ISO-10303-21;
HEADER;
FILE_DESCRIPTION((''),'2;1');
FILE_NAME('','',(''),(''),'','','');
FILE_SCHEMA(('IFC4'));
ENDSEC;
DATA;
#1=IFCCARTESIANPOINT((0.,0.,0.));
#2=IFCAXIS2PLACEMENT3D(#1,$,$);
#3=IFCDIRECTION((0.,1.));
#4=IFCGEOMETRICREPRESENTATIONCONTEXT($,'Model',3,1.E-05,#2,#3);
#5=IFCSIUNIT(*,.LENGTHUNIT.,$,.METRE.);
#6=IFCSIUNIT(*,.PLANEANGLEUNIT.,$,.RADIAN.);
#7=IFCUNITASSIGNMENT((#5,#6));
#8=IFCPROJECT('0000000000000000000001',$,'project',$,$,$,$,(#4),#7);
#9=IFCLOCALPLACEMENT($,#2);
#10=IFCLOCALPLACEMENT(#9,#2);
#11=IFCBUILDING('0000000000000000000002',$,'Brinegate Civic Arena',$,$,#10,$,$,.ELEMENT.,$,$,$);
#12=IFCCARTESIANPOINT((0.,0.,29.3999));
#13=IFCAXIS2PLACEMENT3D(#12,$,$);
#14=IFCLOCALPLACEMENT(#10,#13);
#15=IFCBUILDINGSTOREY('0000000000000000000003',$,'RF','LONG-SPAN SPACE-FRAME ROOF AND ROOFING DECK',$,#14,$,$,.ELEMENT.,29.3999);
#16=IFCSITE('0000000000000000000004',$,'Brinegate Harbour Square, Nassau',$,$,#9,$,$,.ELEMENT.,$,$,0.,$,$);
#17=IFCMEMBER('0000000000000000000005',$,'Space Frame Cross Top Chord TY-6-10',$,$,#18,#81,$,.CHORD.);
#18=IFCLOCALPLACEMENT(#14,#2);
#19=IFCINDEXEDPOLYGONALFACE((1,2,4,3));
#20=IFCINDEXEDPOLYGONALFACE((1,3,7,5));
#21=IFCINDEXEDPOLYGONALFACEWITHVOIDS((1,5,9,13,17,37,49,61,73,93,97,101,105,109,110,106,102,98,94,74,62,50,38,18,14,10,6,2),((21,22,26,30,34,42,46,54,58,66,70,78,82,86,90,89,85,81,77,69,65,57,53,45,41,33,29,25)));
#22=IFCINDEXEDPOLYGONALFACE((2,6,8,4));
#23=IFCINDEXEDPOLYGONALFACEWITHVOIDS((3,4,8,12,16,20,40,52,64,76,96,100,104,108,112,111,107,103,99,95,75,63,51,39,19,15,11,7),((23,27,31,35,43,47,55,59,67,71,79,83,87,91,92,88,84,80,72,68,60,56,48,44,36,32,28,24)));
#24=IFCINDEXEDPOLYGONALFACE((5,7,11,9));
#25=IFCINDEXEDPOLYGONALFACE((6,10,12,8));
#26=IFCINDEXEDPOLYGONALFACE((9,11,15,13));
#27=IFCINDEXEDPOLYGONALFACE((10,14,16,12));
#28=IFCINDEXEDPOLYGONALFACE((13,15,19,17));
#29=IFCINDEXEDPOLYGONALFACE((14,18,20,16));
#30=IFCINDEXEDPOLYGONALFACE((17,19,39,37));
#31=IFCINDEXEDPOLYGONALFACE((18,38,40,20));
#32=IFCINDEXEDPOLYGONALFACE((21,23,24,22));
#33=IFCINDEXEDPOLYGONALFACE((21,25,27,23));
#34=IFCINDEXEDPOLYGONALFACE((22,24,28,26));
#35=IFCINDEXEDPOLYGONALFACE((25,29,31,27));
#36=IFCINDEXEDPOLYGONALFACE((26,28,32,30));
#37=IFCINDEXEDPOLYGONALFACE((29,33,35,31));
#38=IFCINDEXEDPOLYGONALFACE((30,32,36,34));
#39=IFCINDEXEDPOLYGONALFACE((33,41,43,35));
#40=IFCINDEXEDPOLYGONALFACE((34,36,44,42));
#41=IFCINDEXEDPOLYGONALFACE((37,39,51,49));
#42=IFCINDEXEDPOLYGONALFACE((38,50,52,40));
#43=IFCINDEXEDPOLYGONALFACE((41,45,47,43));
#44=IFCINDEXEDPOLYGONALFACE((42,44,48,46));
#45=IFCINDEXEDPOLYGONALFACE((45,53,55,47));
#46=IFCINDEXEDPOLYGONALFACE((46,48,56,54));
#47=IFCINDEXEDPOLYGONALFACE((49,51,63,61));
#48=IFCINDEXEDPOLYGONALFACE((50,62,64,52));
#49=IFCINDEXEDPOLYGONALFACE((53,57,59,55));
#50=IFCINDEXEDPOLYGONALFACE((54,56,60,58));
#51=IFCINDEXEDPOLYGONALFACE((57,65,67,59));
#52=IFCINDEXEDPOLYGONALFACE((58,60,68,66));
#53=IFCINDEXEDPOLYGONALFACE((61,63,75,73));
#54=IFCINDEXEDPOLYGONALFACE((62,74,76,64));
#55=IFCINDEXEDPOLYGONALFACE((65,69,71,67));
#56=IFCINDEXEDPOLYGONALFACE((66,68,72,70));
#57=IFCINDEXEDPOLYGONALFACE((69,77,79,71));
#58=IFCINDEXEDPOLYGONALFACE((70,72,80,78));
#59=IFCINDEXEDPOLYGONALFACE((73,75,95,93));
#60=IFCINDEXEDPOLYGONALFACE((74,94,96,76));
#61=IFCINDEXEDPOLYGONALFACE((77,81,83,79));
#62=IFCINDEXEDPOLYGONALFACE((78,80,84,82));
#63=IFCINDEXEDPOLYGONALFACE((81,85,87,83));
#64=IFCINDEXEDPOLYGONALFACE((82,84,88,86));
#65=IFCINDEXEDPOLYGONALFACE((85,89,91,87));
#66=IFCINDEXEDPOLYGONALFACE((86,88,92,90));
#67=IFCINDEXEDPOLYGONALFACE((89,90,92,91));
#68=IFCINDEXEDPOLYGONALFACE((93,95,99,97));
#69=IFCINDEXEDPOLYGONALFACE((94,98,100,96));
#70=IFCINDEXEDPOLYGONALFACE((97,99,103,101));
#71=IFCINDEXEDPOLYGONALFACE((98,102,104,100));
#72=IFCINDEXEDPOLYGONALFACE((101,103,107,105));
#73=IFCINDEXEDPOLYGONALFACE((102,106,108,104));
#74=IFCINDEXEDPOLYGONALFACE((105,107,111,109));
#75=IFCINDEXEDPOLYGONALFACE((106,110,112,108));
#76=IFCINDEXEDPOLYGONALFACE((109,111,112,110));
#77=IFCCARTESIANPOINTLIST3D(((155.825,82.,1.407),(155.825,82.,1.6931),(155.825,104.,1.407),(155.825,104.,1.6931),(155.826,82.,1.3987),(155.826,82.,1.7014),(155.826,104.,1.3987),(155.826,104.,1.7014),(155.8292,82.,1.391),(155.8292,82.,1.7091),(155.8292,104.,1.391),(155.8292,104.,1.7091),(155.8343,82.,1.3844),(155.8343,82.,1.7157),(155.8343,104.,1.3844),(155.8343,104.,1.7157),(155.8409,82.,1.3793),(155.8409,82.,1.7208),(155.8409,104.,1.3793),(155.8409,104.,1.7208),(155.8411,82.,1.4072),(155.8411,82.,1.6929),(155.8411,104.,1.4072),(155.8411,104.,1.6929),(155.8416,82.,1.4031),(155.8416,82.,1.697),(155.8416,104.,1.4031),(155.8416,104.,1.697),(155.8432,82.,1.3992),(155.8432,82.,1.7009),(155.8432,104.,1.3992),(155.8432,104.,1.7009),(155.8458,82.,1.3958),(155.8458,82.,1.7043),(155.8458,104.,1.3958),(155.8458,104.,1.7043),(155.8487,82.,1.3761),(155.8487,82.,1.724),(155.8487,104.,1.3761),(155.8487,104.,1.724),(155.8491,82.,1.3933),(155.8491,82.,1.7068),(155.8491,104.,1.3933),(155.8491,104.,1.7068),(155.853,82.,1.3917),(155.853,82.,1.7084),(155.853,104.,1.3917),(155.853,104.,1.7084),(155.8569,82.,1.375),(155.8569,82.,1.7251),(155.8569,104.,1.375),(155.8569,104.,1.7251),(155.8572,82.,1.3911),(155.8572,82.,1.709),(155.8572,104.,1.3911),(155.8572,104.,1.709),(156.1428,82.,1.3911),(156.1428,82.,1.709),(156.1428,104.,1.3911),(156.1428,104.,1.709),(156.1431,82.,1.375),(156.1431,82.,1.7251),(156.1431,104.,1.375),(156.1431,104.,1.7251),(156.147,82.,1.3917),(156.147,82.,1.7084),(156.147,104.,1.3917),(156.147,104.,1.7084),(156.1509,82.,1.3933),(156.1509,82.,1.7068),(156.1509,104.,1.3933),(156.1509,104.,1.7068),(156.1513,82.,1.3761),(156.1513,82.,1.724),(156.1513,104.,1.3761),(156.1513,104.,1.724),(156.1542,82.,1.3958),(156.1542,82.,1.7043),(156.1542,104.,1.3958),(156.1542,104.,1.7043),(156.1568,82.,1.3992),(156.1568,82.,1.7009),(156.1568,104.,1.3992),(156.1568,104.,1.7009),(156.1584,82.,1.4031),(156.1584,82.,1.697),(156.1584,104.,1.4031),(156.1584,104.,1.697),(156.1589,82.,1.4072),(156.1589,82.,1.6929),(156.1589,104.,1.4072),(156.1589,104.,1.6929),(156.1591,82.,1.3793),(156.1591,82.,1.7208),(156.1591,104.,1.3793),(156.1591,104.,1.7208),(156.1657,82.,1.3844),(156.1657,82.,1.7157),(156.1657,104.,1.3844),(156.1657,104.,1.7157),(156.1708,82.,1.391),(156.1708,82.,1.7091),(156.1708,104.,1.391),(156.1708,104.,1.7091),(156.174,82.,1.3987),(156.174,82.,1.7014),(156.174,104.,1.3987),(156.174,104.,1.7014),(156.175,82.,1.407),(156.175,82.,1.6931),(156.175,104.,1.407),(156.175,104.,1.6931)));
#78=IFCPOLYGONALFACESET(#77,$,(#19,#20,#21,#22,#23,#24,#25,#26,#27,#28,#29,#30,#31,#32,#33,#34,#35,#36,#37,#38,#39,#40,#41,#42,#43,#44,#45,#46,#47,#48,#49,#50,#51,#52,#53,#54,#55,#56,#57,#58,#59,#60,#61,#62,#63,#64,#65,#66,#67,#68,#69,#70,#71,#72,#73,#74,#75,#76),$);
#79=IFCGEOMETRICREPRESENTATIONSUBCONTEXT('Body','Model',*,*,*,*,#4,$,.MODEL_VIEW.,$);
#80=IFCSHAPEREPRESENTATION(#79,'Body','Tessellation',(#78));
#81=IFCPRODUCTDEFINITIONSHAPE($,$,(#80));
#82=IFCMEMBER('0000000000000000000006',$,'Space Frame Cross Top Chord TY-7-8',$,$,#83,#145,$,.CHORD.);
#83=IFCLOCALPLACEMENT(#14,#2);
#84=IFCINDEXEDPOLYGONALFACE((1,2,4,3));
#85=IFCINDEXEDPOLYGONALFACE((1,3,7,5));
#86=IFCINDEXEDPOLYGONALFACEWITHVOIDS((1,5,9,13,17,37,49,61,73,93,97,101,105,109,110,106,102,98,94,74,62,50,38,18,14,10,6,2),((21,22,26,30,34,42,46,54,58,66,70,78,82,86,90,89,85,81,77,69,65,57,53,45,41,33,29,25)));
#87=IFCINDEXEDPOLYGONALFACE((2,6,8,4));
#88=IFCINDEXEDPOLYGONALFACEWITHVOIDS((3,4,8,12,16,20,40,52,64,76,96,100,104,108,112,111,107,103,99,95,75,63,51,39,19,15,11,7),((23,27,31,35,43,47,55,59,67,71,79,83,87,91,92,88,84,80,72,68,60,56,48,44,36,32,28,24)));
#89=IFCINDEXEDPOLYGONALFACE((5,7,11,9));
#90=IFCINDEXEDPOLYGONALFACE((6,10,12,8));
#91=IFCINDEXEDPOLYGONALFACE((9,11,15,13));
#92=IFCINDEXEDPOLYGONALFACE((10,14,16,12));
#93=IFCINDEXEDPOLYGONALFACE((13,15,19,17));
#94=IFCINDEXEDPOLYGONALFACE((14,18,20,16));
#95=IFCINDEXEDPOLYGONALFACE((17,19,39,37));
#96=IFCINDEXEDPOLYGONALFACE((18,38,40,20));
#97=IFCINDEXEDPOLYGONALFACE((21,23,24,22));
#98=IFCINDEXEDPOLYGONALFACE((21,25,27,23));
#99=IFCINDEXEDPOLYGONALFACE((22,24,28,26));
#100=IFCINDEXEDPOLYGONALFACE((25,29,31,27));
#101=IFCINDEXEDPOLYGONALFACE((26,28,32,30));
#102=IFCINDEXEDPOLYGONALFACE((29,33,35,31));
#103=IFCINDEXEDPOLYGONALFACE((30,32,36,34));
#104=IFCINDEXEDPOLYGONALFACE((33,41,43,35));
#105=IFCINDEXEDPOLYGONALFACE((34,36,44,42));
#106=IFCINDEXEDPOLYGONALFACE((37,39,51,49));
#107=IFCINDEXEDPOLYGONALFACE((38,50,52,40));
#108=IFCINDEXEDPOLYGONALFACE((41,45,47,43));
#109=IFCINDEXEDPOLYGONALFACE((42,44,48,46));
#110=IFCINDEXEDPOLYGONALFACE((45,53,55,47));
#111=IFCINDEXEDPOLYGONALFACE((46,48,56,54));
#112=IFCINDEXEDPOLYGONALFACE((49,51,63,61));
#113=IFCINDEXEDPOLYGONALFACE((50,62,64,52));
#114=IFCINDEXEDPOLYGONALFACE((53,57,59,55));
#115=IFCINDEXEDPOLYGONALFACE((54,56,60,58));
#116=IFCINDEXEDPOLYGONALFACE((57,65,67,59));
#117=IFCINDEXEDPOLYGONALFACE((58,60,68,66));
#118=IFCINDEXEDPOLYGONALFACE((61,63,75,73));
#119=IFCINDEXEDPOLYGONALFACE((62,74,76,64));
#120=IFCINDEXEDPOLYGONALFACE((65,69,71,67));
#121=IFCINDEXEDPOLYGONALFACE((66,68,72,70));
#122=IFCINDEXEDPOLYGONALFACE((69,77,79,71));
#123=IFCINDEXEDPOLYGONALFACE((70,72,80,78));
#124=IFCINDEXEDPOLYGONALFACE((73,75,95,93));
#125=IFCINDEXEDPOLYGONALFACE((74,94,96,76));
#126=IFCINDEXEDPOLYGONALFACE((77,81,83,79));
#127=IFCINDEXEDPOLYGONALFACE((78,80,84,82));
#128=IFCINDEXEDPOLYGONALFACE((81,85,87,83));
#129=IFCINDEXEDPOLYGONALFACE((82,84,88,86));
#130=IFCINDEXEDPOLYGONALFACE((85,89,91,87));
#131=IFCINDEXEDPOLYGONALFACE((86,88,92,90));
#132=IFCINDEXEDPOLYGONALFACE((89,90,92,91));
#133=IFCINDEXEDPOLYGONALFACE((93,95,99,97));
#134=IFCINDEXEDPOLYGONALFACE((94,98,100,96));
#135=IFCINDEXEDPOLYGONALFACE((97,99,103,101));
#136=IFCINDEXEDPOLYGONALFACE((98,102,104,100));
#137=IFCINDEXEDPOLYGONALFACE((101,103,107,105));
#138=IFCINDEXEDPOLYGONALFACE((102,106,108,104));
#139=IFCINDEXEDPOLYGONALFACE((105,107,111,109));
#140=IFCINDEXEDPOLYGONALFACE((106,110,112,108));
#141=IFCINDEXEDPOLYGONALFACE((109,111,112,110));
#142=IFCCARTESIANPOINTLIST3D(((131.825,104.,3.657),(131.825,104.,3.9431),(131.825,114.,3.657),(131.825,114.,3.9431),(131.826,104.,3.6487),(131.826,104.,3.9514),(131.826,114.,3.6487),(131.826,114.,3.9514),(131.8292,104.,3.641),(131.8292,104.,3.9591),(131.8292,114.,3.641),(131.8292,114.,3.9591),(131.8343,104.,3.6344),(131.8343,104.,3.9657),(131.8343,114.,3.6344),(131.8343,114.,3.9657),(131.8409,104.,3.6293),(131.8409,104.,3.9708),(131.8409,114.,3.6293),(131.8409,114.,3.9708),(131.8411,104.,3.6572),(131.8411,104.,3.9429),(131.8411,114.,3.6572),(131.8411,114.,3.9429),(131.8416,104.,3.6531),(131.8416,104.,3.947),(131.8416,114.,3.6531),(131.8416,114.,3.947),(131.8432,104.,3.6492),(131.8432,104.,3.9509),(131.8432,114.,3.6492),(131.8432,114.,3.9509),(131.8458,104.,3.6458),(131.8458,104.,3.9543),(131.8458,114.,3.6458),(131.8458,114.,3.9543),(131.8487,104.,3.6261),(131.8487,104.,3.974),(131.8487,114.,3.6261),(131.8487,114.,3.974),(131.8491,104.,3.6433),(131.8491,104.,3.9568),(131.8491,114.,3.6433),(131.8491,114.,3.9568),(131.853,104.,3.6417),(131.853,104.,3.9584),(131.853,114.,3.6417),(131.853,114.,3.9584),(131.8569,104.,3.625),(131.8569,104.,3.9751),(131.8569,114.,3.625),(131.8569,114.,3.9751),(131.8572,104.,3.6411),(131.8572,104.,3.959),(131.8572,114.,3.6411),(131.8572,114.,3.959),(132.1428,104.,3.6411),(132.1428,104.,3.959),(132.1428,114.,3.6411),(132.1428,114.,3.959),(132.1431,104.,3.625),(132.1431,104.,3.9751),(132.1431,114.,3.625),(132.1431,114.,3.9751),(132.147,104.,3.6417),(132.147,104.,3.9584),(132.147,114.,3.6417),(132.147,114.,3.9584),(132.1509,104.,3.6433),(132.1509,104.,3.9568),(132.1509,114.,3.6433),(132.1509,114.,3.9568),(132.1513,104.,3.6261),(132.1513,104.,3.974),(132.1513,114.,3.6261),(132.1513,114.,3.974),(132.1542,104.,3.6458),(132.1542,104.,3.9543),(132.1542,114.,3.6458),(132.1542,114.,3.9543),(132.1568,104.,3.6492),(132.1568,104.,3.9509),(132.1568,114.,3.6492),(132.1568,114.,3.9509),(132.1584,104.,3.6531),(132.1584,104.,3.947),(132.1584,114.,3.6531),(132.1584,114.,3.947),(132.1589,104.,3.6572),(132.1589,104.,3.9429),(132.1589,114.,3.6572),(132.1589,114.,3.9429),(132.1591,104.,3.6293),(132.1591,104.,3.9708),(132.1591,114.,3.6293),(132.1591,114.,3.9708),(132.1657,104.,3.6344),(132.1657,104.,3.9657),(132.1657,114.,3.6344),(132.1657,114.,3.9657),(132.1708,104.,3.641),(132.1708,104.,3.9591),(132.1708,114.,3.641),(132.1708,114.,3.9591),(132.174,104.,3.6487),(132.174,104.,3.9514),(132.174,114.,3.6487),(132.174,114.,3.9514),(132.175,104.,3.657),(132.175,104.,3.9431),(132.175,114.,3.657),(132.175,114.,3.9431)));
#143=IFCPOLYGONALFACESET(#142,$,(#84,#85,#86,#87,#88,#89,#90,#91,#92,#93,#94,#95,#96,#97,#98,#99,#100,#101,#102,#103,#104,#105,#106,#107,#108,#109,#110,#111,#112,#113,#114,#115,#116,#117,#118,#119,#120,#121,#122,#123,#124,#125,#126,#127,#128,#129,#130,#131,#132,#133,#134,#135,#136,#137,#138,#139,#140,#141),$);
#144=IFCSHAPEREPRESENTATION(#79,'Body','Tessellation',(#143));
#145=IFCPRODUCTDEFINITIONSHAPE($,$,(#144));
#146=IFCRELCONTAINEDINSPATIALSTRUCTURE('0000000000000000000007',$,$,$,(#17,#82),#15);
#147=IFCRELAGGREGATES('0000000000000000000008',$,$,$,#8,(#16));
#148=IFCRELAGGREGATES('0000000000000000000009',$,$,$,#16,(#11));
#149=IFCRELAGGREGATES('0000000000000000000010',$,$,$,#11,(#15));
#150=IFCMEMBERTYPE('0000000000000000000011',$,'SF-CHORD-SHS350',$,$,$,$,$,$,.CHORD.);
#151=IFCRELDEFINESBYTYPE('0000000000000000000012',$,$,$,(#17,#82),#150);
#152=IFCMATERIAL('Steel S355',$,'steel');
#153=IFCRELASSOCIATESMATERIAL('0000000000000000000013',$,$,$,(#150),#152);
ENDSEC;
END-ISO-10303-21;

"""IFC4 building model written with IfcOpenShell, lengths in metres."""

from ifc_helpers import new_model, si_unit, direction, frame, origin, origin_2d, place, context, subcontext, project, spatial, hollow_rectangle, extrude, material, material_profile, profile_set, type_object, element, save


model = new_model("IFC4")

# Units and contexts
model_context = context("Model", 3, precision=1e-05, world=origin(), true_north=direction((0.0, 1.0)))
body_context = subcontext(model_context, "Body", "Model", "MODEL_VIEW")
ifc_project = project(units=[si_unit("LENGTHUNIT", "METRE"), si_unit("PLANEANGLEUNIT", "RADIAN")], contexts=[model_context])

# Site, building, storey
site_placement = place(None, origin())
site = spatial("IfcSite", under=ifc_project, at=site_placement, Name="Brinegate Harbour Square, Nassau", CompositionType="ELEMENT", RefElevation=0.0)
building_placement = place(site_placement, origin())
building = spatial("IfcBuilding", under=site, at=building_placement, Name="Brinegate Civic Arena", CompositionType="ELEMENT")
storey_placement = place(building_placement, frame((0.0, 0.0, 29.3999)))
storey = spatial("IfcBuildingStorey", under=building, at=storey_placement, Name="RF", Description="LONG-SPAN SPACE-FRAME ROOF AND ROOFING DECK", CompositionType="ELEMENT", Elevation=29.3999)

# Shared definitions
ifc_material_1 = material(Name="Steel S355", Category="steel")

# Members
ifc_material_profile_1 = material_profile(ifc_material_1, hollow_rectangle(XDim=0.3501, YDim=0.3501, WallThickness=0.0161, InnerFilletRadius=0.0161, OuterFilletRadius=0.032, at=origin_2d()), Name="SHS350X16")
ifc_profile_set_1 = profile_set([ifc_material_profile_1], Name="Steel S355")
member_type_1 = type_object("IfcMemberType", Name="SF-CHORD-SHS350", PredefinedType="CHORD", material=ifc_profile_set_1)
member_1_placement = place(storey_placement, frame((156.0, 82.0, 1.55), z_axis=(0.0, 1.0, 0.0), x_axis=(-1.0, 0.0, 0.0)))
element("IfcMember", 1, at=member_1_placement, inside=storey, type_object=member_type_1, Name="Space Frame Cross Top Chord TY-6-10", PredefinedType="CHORD", context=body_context, shape_type="SweptSolid", body=[
    extrude(hollow_rectangle(XDim=0.3501, YDim=0.3501, WallThickness=0.0161, InnerFilletRadius=0.0161, OuterFilletRadius=0.032, at=origin_2d()), origin(), (0.0, 0.0, 1.0), 22.0),
])
for number, where, z_axis, x_axis, name in (
    (2, (132.0, 104.0, 3.8), (0.0, 1.0, 0.0), (-1.0, 0.0, 0.0), "Space Frame Cross Top Chord TY-7-8"),
):
    element("IfcMember", number, at=place(storey_placement, frame(where, z_axis=z_axis, x_axis=x_axis)), inside=storey, type_object=member_type_1, Name=name, PredefinedType="CHORD", context=body_context, shape_type="SweptSolid", body=[
        extrude(hollow_rectangle(XDim=0.3501, YDim=0.3501, WallThickness=0.0161, InnerFilletRadius=0.0161, OuterFilletRadius=0.032, at=origin_2d()), origin(), (0.0, 0.0, 1.0), 10.0),
    ])

save(model, "model.ifc")
